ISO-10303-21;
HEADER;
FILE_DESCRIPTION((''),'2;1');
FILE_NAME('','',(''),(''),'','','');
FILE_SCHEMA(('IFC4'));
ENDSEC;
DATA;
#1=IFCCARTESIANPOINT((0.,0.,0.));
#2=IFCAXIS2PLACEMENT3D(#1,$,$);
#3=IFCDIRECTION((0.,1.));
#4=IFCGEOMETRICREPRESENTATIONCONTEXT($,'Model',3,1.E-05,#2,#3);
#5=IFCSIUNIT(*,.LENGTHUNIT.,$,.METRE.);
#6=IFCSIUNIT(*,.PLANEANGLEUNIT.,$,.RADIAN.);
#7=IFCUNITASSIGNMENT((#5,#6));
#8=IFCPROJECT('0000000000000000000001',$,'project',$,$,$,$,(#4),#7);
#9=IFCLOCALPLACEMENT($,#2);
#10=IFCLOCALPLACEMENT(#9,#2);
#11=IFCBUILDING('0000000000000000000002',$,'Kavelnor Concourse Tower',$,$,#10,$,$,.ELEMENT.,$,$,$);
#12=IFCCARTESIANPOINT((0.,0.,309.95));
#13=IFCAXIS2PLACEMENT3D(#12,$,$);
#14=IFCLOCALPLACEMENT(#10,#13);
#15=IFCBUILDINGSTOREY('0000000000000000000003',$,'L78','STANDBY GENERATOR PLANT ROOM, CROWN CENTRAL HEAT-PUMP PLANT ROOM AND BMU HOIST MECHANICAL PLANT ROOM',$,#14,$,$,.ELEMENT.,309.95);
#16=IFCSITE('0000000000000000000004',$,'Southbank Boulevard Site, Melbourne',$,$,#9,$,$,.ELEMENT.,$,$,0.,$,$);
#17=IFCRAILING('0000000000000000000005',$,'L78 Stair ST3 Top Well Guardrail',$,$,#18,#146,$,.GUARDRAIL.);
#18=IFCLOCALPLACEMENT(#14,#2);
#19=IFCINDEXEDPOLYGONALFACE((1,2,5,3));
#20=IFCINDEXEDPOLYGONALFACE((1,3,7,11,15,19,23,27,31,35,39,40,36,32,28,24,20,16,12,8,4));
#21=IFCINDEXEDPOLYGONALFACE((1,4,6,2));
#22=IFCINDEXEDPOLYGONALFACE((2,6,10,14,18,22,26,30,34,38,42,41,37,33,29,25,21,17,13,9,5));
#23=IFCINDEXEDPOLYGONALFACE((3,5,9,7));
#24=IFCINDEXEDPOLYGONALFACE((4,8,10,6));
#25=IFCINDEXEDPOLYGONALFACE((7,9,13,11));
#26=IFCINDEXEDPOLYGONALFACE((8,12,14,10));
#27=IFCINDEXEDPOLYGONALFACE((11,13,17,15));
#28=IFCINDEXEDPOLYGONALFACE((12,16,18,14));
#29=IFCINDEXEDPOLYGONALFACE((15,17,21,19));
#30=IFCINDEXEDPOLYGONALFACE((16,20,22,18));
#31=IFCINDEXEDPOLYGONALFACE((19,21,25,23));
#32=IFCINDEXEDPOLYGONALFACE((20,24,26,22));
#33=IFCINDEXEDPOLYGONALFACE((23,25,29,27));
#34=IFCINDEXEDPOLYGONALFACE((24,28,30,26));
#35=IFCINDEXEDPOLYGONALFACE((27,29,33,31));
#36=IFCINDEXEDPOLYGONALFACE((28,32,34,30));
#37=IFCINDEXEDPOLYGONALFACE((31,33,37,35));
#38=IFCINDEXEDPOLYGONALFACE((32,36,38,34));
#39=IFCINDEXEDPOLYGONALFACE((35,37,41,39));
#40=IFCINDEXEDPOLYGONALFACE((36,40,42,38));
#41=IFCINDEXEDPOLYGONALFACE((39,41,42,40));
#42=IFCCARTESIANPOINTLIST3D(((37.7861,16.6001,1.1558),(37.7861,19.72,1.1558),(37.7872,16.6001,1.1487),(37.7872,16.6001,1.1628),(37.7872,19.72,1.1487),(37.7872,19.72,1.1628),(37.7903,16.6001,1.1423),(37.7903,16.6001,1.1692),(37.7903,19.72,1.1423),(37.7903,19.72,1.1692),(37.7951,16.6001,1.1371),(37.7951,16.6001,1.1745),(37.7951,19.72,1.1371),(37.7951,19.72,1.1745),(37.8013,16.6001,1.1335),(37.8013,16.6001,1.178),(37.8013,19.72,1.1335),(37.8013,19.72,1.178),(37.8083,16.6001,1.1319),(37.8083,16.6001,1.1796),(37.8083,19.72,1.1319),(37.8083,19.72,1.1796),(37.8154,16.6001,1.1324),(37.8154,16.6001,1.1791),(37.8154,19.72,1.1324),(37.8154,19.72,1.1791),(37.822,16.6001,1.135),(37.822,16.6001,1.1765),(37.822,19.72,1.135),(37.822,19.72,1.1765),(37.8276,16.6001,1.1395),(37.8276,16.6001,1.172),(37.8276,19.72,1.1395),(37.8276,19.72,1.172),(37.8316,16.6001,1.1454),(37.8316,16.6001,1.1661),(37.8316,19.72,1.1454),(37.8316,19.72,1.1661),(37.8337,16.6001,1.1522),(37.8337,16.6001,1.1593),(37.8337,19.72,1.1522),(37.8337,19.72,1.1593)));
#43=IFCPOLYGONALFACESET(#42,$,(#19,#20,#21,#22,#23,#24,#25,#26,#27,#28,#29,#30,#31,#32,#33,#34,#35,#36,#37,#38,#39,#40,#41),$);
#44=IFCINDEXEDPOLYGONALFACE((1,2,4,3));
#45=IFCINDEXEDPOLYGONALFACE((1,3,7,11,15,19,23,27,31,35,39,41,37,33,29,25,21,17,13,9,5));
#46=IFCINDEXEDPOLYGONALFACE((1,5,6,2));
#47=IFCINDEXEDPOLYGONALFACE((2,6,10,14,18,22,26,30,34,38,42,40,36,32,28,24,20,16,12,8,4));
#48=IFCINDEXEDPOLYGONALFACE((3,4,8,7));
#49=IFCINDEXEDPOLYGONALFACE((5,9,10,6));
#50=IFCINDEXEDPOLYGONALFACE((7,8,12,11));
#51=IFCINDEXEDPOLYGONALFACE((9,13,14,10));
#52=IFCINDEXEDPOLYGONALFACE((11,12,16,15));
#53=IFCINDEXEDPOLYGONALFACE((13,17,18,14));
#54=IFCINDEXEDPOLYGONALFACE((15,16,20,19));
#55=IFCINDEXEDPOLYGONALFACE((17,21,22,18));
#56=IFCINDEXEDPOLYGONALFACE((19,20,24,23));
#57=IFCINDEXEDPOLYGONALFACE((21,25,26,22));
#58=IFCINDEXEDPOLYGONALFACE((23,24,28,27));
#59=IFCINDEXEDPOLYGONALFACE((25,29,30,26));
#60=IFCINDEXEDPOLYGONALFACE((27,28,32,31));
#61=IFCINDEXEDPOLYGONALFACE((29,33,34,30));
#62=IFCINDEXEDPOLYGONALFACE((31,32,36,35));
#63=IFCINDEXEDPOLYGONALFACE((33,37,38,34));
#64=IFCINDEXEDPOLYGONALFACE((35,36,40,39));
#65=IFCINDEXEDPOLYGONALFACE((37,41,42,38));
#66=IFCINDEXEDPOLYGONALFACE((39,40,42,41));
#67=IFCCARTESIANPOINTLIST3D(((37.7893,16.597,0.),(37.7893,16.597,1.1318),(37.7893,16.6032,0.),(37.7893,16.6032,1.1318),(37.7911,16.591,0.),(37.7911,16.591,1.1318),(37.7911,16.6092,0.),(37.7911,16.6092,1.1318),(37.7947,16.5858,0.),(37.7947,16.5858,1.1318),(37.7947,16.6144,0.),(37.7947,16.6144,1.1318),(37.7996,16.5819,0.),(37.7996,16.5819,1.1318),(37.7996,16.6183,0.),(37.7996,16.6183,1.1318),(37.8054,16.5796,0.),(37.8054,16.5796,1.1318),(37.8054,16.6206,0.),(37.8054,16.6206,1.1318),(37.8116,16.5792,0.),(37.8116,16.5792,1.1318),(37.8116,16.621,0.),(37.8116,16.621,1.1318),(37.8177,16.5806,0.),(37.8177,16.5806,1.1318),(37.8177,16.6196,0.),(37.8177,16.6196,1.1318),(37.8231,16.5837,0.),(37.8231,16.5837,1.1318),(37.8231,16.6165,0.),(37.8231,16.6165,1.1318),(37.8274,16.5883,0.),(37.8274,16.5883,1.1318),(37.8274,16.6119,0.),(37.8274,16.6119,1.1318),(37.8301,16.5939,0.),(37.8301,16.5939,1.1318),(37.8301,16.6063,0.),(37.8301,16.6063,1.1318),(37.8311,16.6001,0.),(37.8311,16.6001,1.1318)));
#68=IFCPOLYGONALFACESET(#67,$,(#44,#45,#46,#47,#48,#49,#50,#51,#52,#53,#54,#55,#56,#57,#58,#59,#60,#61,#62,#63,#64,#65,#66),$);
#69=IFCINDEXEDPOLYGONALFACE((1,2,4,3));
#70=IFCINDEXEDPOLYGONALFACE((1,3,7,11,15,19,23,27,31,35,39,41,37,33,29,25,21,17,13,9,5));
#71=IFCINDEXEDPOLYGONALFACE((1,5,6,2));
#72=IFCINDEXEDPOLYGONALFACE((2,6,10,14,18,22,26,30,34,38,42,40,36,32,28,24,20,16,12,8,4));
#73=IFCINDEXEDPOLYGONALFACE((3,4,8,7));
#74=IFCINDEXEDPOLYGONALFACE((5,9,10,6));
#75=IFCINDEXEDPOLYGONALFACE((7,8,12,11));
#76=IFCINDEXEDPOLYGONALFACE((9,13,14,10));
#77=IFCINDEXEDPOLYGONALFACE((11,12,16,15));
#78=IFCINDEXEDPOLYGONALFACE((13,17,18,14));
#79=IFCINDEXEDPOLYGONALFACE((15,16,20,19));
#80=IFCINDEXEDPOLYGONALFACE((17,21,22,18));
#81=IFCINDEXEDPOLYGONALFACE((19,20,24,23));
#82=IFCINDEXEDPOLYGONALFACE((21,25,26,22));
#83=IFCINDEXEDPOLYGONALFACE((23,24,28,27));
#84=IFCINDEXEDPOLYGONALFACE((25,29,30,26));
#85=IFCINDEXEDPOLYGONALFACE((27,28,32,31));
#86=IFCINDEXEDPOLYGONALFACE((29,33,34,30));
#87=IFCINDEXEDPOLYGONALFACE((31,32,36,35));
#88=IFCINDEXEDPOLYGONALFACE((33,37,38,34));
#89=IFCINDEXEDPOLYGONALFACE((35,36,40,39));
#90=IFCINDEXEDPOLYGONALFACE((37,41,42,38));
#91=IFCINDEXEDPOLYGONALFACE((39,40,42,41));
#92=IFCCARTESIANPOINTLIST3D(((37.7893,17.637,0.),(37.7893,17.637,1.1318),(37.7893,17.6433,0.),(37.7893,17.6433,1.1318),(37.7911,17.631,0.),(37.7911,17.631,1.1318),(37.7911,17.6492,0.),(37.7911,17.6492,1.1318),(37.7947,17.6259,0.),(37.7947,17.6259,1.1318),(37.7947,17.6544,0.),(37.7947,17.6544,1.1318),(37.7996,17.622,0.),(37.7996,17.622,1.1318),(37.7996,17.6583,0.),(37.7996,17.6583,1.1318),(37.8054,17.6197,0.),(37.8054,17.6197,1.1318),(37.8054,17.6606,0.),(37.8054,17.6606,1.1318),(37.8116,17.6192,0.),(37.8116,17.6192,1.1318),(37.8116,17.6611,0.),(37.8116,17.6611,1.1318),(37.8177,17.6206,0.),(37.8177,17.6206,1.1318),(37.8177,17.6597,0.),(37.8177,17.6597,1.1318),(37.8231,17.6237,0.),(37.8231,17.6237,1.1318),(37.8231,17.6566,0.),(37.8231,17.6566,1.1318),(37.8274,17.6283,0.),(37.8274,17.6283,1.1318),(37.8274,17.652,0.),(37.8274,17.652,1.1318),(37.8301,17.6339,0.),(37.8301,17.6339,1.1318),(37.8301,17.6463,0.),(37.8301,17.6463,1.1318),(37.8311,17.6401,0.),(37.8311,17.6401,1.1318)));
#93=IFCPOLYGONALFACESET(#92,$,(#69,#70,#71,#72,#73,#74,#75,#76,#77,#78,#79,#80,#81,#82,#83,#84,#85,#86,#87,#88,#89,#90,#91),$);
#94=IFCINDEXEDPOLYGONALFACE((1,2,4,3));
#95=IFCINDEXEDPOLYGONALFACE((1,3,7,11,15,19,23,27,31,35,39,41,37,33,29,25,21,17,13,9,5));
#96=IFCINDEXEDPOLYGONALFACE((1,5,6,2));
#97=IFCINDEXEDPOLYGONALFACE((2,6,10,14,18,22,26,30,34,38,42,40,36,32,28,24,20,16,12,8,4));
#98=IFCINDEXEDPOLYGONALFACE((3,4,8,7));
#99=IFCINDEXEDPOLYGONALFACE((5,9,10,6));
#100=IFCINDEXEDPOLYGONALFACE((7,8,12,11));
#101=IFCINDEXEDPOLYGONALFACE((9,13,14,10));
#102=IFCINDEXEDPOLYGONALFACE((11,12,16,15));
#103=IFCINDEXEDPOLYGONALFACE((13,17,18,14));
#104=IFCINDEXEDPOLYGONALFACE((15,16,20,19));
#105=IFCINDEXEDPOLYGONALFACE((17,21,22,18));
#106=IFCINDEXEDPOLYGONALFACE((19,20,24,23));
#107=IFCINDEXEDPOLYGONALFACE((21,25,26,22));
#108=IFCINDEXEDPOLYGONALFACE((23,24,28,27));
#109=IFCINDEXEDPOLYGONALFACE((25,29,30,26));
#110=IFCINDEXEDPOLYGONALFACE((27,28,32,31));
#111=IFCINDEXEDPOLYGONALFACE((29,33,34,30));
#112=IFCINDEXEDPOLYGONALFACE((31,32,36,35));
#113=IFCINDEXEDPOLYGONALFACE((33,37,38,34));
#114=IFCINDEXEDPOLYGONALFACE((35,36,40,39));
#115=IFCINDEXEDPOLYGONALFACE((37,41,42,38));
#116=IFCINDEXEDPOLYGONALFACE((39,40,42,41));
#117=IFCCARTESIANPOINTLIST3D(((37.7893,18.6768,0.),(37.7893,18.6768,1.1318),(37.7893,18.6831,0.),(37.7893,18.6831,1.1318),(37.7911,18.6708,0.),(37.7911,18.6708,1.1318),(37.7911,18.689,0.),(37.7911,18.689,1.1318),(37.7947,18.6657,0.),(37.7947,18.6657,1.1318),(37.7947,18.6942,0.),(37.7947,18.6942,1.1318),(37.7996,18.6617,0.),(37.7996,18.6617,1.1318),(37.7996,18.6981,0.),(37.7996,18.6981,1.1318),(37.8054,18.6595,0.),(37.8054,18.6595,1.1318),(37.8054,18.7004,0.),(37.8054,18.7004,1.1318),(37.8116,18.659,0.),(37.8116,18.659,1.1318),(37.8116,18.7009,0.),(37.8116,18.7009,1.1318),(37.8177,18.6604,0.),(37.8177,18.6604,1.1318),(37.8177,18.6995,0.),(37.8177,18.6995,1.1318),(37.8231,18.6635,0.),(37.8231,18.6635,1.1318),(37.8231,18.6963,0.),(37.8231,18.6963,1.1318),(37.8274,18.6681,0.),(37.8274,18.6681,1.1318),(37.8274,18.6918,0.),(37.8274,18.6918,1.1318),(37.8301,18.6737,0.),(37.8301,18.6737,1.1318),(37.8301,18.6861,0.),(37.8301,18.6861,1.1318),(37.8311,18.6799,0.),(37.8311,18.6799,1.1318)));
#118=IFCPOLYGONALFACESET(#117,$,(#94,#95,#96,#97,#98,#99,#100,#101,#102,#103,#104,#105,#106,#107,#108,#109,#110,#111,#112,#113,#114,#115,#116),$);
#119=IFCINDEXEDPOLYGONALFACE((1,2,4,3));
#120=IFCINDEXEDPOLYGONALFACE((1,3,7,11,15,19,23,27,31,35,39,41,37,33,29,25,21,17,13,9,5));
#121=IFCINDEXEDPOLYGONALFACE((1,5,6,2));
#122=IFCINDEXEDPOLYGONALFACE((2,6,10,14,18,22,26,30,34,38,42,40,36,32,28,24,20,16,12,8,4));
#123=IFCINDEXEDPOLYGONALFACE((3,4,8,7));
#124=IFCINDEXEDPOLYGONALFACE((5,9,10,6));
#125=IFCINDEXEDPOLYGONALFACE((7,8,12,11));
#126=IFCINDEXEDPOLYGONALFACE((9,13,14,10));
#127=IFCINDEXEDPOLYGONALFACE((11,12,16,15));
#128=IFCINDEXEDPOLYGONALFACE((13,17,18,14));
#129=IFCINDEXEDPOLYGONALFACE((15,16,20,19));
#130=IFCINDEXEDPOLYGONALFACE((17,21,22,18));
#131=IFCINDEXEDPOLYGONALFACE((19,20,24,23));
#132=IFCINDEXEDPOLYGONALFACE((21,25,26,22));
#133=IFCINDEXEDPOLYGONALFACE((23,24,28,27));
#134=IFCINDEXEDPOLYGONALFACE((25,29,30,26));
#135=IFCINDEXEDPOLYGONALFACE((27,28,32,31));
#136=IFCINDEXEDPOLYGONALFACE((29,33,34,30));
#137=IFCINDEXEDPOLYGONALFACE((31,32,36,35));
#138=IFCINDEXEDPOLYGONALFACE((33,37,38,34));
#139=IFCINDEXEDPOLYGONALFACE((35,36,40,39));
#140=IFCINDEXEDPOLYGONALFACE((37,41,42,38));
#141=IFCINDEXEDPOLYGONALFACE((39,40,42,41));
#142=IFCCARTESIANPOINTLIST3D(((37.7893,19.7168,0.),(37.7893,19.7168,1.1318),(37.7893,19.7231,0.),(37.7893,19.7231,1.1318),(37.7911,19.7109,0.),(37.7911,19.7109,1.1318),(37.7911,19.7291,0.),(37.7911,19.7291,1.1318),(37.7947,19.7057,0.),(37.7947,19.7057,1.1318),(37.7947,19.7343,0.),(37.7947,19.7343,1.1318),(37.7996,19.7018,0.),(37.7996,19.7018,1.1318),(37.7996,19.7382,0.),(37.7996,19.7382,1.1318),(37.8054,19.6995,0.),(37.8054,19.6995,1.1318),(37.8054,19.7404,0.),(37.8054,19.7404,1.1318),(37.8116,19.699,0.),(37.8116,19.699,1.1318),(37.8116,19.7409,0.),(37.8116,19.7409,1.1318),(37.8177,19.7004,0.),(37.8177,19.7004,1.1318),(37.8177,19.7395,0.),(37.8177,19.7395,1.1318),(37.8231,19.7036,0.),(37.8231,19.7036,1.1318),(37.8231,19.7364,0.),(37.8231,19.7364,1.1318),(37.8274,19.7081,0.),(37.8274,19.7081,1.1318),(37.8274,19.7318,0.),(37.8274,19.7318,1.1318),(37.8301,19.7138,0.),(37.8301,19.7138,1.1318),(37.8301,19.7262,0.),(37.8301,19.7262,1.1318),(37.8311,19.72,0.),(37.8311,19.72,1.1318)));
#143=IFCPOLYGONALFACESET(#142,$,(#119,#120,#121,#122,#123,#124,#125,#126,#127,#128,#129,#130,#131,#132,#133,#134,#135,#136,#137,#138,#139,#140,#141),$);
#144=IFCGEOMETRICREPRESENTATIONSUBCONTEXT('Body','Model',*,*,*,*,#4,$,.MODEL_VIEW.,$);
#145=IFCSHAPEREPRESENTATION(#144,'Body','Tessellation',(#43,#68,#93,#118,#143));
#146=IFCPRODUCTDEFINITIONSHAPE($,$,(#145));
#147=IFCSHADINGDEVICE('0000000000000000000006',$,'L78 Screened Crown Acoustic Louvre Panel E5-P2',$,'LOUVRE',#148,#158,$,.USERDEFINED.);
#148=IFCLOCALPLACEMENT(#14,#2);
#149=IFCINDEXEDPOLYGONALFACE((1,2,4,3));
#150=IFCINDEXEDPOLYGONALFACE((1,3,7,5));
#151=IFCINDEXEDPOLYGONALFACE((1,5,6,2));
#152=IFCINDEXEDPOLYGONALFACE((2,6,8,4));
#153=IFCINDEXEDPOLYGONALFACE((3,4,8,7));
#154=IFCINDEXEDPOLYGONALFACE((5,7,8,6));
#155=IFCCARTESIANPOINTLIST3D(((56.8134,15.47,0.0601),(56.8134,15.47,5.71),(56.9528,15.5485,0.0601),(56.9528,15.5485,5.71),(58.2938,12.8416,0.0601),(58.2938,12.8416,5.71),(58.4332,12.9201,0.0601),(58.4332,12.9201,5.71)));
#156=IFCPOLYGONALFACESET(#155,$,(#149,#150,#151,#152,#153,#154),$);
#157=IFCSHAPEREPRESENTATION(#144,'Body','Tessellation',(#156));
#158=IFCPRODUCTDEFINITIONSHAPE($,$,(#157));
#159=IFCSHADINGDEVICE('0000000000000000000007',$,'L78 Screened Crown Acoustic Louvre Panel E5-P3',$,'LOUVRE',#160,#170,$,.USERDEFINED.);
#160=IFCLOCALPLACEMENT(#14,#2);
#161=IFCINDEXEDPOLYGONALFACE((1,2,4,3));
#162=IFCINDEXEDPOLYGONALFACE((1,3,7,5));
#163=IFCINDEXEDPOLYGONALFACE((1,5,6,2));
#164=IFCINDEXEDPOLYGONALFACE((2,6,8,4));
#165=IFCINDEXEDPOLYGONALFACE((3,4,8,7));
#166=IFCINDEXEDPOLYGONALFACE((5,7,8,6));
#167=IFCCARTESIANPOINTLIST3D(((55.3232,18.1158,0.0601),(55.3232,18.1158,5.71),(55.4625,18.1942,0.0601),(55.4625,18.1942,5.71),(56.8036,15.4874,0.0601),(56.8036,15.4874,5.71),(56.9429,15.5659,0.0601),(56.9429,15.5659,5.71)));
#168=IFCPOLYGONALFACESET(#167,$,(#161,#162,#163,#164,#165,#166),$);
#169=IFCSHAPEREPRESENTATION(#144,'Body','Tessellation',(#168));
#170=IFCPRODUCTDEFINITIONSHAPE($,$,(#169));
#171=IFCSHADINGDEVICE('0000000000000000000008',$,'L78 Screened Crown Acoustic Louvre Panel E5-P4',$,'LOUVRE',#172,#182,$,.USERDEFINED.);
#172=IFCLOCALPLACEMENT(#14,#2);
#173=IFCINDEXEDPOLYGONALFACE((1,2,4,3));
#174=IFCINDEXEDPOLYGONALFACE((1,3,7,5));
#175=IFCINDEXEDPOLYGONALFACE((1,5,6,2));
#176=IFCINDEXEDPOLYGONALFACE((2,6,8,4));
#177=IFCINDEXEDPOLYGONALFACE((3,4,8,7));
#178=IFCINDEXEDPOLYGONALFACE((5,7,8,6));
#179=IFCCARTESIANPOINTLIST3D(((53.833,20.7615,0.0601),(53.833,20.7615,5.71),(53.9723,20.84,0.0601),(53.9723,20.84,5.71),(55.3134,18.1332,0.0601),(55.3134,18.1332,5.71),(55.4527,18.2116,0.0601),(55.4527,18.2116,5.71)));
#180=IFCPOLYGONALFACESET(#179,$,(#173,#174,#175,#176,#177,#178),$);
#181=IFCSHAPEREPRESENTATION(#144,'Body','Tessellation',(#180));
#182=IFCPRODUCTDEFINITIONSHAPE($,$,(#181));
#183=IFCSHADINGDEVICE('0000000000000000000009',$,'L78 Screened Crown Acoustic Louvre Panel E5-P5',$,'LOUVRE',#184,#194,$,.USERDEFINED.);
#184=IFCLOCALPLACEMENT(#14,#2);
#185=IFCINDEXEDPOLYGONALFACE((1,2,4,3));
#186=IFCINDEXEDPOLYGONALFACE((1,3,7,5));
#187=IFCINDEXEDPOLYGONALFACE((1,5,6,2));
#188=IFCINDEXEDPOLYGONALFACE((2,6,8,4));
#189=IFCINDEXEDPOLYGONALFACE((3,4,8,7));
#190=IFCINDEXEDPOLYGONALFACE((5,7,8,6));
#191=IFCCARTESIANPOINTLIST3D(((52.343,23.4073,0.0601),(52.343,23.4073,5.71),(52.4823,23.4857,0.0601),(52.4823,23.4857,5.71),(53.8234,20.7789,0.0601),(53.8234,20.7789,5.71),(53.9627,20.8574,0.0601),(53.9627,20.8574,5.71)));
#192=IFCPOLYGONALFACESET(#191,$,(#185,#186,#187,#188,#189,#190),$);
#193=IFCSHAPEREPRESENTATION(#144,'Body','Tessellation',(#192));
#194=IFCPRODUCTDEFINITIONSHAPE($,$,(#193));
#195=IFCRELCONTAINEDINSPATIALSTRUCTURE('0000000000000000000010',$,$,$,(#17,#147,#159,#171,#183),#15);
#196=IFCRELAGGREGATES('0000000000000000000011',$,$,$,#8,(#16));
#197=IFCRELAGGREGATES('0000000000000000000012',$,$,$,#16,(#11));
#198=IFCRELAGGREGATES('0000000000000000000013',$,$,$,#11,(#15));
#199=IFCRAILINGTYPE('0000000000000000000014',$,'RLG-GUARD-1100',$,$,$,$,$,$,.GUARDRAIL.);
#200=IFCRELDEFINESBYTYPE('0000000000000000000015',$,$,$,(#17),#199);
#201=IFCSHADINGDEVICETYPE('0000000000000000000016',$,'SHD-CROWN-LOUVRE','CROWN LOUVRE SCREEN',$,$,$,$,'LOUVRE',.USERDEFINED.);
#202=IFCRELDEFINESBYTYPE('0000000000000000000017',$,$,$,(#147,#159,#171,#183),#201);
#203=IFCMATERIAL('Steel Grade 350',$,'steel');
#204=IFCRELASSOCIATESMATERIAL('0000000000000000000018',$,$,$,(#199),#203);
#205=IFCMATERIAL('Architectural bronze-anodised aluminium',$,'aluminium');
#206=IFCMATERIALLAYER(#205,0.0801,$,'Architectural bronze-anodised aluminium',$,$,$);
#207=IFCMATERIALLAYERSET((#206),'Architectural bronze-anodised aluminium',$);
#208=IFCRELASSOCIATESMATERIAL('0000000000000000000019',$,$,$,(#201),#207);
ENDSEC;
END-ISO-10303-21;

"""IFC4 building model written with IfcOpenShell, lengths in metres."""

from ifc_helpers import new_model, si_unit, direction, frame, origin, origin_2d, place, context, subcontext, project, spatial, rectangle, circle, extrude, material, layer, layer_set, type_object, element, save


model = new_model("IFC4")

# Units and contexts
model_context = context("Model", 3, precision=1e-05, world=origin(), true_north=direction((0.0, 1.0)))
body_context = subcontext(model_context, "Body", "Model", "MODEL_VIEW")
ifc_project = project(units=[si_unit("LENGTHUNIT", "METRE"), si_unit("PLANEANGLEUNIT", "RADIAN")], contexts=[model_context])

# Site, building, storey
site_placement = place(None, origin())
site = spatial("IfcSite", under=ifc_project, at=site_placement, Name="Southbank Boulevard Site, Melbourne", CompositionType="ELEMENT", RefElevation=0.0)
building_placement = place(site_placement, origin())
building = spatial("IfcBuilding", under=site, at=building_placement, Name="Kavelnor Concourse Tower", CompositionType="ELEMENT")
storey_placement = place(building_placement, frame((0.0, 0.0, 309.95)))
storey = spatial("IfcBuildingStorey", under=building, at=storey_placement, Name="L78", Description="STANDBY GENERATOR PLANT ROOM, CROWN CENTRAL HEAT-PUMP PLANT ROOM AND BMU HOIST MECHANICAL PLANT ROOM", CompositionType="ELEMENT", Elevation=309.95)

# Shared definitions
ifc_material_1 = material(Name="Steel Grade 350", Category="steel")

# Railing
railing_type = type_object("IfcRailingType", Name="RLG-GUARD-1100", PredefinedType="GUARDRAIL", material=ifc_material_1)
railing_placement = place(storey_placement, frame((37.8101, 16.6001, 0.0)))
element("IfcRailing", 1, at=railing_placement, inside=storey, type_object=railing_type, Name="L78 Stair ST3 Top Well Guardrail", PredefinedType="GUARDRAIL", context=body_context, shape_type="SweptSolid", body=[
    extrude(circle(Radius=0.0239, at=origin_2d()), frame((0.0, 0.0, 1.1558), z_axis=(0.0, 1.0, 0.0), x_axis=(-1.0, 0.0, 0.0)), (0.0, 0.0, 1.0), 3.1199),
    extrude(circle(Radius=0.021, at=origin_2d()), origin(), (0.0, 0.0, 1.0), 1.1318),
    extrude(circle(Radius=0.021, at=origin_2d()), frame((0.0, 1.04, 0.0)), (0.0, 0.0, 1.0), 1.1318),
    extrude(circle(Radius=0.021, at=origin_2d()), frame((0.0, 2.0798, 0.0)), (0.0, 0.0, 1.0), 1.1318),
    extrude(circle(Radius=0.021, at=origin_2d()), frame((0.0, 3.1199, 0.0)), (0.0, 0.0, 1.0), 1.1318),
])

# Shading devices
ifc_material_2 = material(Name="Architectural bronze-anodised aluminium", Category="aluminium")
ifc_layer_1 = layer(ifc_material_2, 0.0801, Name="Architectural bronze-anodised aluminium")
ifc_layer_set_1 = layer_set([ifc_layer_1], Name="Architectural bronze-anodised aluminium")
shading_device_type = type_object("IfcShadingDeviceType", Name="SHD-CROWN-LOUVRE", Description="CROWN LOUVRE SCREEN", ElementType="LOUVRE", PredefinedType="USERDEFINED", material=ifc_layer_set_1)
for number, where, z_axis, x_axis, name in (
    (2, (57.6233, 14.1951, 0.0601), (0.0, 0.0, 1.0), (-0.490752, 0.871299, 0.0), "L78 Screened Crown Acoustic Louvre Panel E5-P2"),
    (3, (56.1331, 16.8408, 0.0601), (0.0, 0.0, 1.0), (-0.490752, 0.871299, 0.0), "L78 Screened Crown Acoustic Louvre Panel E5-P3"),
    (4, (54.6428, 19.4866, 0.0601), (0.0, 0.0, 1.0), (-0.490752, 0.871299, 0.0), "L78 Screened Crown Acoustic Louvre Panel E5-P4"),
    (5, (53.1528, 22.1323, 0.0601), (0.0, 0.0, 1.0), (-0.490752, 0.871299, 0.0), "L78 Screened Crown Acoustic Louvre Panel E5-P5"),
):
    element("IfcShadingDevice", number, at=place(storey_placement, frame(where, z_axis=z_axis, x_axis=x_axis)), inside=storey, type_object=shading_device_type, Name=name, ObjectType="LOUVRE", PredefinedType="USERDEFINED", context=body_context, shape_type="SweptSolid", body=[
        extrude(rectangle(XDim=3.0166, YDim=0.1599, at=origin_2d()), origin(), (0.0, 0.0, 1.0), 5.6499),
    ])

save(model, "model.ifc")
